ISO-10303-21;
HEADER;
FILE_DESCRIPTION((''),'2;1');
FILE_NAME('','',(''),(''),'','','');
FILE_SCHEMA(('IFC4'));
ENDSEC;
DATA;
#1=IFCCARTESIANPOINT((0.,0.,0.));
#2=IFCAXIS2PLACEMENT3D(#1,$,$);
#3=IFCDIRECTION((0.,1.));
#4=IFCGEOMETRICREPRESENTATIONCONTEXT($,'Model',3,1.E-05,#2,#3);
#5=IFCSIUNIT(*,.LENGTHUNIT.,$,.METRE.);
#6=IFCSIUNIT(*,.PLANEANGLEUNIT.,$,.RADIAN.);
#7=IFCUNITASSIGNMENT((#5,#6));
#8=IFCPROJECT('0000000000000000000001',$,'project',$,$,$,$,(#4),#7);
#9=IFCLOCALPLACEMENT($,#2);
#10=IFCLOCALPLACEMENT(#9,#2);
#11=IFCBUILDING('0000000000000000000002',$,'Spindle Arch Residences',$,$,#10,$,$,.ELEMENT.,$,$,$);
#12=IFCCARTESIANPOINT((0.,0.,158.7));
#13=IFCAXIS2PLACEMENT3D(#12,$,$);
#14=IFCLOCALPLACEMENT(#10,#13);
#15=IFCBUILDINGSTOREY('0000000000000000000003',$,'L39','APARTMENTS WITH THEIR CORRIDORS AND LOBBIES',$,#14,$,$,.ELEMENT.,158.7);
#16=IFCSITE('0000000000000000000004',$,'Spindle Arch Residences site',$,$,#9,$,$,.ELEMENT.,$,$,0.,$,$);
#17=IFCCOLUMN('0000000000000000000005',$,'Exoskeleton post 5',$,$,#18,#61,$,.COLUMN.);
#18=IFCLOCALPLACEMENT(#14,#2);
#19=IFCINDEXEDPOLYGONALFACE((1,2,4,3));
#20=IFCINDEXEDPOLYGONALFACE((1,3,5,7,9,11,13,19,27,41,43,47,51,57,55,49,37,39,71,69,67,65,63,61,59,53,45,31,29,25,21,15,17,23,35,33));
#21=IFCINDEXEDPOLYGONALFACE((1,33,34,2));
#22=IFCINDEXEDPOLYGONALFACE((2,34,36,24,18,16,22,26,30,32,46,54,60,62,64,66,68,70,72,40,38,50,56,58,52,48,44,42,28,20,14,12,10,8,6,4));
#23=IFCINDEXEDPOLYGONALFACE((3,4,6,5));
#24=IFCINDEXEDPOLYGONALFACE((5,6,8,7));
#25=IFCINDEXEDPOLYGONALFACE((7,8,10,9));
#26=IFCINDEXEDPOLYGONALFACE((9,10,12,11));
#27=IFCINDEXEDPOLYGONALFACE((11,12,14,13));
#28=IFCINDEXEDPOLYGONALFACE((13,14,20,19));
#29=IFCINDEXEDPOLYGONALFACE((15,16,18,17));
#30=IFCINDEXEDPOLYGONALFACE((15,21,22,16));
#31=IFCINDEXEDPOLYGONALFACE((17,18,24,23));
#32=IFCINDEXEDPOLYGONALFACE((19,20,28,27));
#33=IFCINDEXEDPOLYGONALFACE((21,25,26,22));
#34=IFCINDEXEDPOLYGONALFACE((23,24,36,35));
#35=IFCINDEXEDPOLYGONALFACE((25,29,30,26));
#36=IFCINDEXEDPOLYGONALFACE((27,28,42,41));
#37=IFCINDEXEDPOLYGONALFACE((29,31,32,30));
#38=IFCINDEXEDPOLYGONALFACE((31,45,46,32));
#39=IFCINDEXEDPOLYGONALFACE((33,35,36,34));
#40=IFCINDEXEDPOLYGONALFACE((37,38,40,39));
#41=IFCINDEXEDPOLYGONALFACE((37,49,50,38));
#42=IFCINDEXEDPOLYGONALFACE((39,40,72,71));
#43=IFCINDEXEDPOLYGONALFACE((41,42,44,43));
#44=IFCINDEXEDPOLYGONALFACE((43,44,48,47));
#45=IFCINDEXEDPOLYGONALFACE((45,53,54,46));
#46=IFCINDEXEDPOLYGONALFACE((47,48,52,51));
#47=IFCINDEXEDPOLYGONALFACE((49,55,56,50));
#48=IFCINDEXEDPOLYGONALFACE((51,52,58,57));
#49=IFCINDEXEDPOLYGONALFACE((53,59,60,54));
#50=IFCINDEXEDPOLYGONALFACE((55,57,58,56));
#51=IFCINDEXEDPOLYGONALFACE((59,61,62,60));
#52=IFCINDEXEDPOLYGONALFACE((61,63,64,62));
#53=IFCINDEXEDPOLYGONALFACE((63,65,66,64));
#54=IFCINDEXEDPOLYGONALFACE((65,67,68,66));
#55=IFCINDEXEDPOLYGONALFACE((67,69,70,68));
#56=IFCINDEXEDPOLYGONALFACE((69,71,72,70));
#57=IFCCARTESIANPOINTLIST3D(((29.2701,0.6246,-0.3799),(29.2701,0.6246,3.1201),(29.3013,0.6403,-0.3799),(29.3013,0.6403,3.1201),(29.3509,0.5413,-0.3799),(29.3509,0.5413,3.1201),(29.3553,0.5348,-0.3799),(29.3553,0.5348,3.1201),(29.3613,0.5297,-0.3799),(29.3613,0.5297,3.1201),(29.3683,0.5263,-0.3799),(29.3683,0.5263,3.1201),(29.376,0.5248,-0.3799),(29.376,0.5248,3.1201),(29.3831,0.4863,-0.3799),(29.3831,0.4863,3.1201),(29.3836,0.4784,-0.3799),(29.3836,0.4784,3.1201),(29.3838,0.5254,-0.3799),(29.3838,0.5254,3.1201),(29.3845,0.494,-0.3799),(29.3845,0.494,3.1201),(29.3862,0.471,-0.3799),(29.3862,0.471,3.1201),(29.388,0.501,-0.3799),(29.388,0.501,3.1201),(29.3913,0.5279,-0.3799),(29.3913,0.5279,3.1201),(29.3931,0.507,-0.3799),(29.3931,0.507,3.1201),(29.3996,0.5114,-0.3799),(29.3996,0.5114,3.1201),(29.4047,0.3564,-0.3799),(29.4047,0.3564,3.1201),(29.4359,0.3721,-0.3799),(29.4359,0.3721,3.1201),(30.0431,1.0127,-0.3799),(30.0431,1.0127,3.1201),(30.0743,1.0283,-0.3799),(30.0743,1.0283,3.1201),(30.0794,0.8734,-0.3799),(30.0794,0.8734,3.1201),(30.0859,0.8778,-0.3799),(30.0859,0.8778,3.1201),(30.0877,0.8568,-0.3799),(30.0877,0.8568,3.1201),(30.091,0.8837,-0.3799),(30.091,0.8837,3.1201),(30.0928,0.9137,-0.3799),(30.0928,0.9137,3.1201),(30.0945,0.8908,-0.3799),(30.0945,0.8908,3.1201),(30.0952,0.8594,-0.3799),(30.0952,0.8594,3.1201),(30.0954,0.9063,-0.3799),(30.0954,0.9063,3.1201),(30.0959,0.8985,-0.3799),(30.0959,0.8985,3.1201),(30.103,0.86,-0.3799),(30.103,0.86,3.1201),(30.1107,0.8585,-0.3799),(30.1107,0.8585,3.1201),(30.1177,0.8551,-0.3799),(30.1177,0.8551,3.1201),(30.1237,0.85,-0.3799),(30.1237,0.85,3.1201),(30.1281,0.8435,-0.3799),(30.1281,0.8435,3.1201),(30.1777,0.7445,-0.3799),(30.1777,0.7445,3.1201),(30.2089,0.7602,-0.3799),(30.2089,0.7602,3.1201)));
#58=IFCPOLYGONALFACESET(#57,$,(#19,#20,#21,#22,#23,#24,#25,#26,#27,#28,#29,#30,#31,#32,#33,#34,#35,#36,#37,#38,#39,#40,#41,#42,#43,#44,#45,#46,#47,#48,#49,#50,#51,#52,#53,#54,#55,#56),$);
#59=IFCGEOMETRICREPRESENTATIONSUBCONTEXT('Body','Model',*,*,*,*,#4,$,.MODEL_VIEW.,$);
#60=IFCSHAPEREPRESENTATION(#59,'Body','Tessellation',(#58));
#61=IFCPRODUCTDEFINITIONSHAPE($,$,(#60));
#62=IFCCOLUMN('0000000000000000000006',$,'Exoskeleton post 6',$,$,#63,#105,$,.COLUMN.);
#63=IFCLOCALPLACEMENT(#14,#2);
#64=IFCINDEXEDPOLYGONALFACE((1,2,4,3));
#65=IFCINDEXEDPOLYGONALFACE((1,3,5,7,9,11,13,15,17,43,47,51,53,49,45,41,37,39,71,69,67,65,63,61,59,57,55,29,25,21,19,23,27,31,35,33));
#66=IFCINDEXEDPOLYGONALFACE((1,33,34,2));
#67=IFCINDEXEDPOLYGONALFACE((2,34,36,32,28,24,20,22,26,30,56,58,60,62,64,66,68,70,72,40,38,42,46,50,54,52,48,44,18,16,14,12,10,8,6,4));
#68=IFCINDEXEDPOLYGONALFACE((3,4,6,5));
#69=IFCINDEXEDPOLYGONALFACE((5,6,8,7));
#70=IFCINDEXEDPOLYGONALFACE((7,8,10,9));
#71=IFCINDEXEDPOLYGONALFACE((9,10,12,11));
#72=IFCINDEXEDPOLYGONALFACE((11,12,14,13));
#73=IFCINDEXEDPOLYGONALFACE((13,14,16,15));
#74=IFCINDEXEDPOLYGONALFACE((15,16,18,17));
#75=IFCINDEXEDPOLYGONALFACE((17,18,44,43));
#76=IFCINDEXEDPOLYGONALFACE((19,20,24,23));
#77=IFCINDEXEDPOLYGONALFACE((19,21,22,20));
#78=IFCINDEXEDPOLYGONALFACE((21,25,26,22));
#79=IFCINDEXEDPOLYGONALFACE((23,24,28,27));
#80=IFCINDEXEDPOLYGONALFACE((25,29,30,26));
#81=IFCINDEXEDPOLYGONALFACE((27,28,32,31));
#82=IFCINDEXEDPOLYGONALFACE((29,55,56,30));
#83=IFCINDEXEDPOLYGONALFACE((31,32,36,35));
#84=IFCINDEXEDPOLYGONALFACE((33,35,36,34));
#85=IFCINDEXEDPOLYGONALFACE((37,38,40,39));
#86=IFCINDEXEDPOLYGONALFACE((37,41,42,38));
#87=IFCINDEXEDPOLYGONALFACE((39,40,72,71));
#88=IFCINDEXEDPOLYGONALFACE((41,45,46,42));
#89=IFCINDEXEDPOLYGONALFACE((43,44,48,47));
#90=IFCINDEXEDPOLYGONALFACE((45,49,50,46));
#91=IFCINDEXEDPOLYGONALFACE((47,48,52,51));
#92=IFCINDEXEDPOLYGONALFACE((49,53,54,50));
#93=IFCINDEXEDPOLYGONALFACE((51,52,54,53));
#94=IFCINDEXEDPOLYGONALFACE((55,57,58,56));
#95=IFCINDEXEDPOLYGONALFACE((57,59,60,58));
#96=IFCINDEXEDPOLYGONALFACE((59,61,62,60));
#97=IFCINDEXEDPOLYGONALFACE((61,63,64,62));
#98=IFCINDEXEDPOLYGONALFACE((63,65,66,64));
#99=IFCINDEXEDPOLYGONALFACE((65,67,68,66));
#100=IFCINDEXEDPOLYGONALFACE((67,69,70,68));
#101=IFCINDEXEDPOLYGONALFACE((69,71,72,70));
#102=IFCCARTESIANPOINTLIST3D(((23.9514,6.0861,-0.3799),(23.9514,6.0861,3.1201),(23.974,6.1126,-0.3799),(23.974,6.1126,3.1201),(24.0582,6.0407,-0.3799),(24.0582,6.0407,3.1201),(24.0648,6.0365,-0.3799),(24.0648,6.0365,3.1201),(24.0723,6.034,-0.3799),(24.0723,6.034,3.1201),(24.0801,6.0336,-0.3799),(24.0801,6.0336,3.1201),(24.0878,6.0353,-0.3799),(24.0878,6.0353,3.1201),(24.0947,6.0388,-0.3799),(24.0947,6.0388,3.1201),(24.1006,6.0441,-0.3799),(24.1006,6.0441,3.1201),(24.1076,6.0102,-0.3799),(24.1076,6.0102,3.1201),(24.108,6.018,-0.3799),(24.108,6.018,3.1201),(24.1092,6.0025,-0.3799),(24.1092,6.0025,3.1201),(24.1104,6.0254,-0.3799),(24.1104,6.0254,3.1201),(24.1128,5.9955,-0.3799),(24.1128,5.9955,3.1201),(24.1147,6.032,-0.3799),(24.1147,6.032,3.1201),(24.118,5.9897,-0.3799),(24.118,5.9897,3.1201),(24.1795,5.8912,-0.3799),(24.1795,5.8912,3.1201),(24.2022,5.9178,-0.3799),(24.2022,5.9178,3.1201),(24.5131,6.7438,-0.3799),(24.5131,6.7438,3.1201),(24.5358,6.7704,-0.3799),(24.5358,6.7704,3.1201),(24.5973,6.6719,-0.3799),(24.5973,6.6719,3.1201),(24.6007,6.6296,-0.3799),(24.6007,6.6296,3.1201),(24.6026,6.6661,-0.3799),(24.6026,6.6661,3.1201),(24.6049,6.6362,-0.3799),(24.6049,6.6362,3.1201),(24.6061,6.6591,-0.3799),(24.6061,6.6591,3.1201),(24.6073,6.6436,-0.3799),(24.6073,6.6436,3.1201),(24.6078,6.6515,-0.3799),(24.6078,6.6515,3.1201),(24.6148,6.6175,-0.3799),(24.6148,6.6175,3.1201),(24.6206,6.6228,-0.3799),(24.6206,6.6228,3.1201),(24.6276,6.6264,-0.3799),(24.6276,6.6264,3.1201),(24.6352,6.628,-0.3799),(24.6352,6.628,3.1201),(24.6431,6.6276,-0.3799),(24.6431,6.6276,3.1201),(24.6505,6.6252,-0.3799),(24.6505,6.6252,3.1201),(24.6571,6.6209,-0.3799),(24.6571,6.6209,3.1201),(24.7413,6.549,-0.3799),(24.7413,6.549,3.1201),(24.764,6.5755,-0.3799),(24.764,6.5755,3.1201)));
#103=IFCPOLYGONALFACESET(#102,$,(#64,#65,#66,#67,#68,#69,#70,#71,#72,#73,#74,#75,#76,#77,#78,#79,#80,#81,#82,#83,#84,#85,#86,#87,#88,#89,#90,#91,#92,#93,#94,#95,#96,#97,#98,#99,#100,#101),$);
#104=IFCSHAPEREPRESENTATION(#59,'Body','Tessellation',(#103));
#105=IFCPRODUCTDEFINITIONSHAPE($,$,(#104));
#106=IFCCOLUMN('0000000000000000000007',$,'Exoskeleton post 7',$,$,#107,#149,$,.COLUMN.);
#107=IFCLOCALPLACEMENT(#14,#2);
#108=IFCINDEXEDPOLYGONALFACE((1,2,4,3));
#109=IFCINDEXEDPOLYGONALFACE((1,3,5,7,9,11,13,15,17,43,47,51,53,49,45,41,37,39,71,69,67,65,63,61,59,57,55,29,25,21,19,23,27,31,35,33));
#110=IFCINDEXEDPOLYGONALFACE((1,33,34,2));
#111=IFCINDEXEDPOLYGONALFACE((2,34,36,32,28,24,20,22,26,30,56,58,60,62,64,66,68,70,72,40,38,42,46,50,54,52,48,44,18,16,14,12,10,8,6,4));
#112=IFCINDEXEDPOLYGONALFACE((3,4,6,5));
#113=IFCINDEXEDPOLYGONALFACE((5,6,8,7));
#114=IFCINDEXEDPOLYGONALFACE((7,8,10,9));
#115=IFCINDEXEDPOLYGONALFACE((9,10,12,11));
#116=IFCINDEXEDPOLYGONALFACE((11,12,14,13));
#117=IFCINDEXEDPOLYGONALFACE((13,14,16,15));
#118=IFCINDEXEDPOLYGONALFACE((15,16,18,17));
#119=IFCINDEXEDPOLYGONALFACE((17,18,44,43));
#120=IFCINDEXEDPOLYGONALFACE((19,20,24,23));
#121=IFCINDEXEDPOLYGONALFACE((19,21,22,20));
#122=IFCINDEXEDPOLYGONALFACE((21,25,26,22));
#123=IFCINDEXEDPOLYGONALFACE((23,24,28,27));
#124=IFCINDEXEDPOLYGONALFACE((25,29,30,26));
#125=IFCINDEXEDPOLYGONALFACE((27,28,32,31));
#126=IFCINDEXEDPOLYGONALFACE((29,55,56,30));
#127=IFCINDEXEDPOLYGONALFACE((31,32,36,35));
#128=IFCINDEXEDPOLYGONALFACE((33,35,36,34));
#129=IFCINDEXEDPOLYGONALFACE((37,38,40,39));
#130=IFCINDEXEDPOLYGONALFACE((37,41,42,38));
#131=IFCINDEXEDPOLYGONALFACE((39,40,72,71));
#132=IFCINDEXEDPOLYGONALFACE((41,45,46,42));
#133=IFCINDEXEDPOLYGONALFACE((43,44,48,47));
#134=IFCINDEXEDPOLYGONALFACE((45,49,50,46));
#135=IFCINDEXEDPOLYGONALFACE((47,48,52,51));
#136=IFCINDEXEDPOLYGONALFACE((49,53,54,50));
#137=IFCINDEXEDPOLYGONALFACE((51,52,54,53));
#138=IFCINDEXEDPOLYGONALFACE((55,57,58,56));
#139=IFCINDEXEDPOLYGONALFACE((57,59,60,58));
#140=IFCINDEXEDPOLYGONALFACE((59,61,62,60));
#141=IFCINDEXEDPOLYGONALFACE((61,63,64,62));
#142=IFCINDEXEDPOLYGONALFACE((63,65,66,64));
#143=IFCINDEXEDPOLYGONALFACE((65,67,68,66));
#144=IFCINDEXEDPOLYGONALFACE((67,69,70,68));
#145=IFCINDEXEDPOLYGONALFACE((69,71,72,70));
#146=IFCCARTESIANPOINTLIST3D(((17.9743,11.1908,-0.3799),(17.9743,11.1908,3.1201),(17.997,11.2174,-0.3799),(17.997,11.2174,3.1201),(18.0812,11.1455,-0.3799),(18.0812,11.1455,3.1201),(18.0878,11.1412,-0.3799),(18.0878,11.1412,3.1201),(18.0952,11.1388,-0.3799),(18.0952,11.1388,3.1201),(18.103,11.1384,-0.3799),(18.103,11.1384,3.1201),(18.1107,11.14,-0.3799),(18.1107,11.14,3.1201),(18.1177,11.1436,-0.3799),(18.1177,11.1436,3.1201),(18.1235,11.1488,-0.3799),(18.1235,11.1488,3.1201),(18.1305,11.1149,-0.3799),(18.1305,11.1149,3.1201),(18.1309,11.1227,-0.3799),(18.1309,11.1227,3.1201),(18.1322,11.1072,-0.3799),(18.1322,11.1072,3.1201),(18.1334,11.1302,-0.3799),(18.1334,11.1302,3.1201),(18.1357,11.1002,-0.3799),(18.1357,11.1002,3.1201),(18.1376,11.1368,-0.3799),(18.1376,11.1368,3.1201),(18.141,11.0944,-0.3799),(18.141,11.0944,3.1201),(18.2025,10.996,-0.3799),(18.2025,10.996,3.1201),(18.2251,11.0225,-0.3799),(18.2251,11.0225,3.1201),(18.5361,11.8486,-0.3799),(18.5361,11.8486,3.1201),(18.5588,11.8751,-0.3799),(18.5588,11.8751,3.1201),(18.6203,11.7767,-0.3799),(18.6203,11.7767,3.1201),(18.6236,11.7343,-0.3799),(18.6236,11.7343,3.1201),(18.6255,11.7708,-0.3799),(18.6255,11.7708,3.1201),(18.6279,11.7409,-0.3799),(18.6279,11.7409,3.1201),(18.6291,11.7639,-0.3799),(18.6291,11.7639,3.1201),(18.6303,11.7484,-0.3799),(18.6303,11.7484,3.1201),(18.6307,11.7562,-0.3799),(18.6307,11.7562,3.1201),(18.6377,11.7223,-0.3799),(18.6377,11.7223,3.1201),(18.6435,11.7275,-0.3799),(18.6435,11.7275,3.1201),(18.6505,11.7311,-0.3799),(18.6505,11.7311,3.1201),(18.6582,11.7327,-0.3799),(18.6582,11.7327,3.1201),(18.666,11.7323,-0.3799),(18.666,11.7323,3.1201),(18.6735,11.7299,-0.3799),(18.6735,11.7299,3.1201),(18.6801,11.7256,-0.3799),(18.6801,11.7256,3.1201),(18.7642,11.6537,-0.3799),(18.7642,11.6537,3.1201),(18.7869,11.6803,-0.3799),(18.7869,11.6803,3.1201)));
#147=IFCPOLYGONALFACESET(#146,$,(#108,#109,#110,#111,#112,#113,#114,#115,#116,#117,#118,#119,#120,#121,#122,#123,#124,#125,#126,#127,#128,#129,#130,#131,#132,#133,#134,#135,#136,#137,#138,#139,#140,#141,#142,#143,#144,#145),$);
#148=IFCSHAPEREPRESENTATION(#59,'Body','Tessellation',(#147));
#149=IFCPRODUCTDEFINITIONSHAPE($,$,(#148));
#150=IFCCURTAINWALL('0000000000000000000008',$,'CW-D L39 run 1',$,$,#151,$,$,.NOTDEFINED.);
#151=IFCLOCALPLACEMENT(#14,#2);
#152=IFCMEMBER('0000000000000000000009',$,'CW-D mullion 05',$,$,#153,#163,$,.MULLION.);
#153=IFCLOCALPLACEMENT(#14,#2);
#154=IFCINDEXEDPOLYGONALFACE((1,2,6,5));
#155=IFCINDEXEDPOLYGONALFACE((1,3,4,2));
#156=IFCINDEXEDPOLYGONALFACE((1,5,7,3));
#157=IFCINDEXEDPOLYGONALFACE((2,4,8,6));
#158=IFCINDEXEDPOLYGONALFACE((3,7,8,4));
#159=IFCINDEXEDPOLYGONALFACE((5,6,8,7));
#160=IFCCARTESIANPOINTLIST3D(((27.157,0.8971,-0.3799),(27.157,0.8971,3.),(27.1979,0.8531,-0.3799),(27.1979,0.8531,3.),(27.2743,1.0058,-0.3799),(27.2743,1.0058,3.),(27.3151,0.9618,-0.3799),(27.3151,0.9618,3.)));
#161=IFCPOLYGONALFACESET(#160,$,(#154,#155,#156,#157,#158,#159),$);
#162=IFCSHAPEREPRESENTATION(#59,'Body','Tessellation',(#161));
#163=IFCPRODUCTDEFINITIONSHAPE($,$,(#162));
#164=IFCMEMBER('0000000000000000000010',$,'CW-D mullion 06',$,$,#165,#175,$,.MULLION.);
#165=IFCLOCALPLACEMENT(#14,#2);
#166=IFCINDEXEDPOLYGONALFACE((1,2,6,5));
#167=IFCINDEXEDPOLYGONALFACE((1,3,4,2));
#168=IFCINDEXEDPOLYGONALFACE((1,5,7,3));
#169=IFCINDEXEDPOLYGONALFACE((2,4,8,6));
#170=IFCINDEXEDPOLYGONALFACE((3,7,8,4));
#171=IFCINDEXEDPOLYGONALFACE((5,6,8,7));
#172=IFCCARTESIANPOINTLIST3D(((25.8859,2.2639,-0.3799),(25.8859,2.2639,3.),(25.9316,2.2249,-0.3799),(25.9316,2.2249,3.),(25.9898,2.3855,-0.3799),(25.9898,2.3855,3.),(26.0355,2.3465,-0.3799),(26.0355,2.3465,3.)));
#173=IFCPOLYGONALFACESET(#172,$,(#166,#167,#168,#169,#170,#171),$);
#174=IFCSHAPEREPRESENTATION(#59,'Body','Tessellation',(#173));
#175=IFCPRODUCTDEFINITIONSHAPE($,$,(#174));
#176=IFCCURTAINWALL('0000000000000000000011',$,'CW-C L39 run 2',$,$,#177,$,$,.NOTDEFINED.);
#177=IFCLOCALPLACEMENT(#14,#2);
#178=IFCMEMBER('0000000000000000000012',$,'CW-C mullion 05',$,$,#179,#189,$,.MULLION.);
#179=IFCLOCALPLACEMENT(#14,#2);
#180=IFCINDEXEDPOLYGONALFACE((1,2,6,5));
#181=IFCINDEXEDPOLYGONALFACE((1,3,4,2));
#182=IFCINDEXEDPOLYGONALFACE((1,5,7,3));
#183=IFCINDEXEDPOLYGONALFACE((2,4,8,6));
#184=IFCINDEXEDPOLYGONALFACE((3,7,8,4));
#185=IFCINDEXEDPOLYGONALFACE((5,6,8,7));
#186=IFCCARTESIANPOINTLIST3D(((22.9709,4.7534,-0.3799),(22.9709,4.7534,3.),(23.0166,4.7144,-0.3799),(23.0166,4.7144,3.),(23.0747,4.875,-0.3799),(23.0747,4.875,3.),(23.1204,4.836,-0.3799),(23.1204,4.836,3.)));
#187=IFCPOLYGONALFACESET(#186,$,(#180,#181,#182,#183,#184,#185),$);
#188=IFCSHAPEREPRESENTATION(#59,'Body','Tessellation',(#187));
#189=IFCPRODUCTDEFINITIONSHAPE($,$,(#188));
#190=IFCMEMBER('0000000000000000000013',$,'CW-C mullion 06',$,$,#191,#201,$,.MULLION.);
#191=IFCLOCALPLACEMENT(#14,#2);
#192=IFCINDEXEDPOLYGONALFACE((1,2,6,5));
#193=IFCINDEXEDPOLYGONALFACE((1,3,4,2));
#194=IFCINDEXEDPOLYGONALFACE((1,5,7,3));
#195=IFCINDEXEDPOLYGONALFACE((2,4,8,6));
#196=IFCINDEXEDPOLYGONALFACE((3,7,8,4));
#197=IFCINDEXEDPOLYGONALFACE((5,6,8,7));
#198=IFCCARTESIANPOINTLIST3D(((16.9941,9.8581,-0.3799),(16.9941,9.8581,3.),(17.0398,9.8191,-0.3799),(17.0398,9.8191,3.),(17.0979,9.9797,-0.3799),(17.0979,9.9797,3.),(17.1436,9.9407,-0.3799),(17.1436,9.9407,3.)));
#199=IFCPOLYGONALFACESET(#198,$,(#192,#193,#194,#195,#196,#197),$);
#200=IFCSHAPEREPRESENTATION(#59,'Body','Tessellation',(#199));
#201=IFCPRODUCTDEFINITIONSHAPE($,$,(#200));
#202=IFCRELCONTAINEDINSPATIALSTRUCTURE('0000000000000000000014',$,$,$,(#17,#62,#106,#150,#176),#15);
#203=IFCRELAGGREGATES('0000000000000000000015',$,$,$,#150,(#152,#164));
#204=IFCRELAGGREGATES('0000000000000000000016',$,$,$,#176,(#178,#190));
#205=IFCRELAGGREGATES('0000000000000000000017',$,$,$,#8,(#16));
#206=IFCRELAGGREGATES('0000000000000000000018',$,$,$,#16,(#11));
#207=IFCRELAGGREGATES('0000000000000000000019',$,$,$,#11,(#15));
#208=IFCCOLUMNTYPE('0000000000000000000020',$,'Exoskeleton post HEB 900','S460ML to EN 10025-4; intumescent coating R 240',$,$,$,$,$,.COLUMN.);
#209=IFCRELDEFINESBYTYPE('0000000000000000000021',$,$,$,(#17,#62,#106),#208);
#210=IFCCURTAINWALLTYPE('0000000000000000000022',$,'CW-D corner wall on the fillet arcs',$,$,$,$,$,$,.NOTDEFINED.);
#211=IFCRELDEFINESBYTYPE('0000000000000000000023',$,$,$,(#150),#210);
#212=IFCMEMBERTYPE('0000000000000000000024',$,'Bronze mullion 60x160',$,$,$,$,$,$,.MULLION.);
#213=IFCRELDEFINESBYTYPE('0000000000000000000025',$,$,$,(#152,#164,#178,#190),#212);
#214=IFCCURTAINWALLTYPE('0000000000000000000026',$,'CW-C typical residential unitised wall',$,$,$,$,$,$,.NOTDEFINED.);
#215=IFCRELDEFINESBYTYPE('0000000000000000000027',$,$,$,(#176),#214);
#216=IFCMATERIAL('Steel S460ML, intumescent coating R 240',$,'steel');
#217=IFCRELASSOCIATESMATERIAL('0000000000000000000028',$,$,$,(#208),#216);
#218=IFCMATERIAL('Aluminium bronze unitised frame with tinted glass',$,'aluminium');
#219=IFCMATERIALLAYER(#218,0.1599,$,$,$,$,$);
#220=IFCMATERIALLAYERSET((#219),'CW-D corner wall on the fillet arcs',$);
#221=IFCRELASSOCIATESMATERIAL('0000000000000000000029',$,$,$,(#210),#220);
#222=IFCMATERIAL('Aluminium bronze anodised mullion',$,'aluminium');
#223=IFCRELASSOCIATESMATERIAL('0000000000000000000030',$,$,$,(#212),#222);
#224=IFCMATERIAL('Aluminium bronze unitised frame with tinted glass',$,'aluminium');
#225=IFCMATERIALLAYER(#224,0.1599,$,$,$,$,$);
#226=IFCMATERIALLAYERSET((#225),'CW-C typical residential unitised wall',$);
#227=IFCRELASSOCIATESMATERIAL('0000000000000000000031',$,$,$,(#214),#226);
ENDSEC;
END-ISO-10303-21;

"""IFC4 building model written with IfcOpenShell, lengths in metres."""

from ifc_helpers import new_model, si_unit, direction, frame, origin, origin_2d, place, context, subcontext, project, spatial, rectangle, i_section, extrude, material, layer, layer_set, material_profile, profile_set, type_object, element, aggregate, save


model = new_model("IFC4")

# Units and contexts
model_context = context("Model", 3, precision=1e-05, world=origin(), true_north=direction((0.0, 1.0)))
body_context = subcontext(model_context, "Body", "Model", "MODEL_VIEW")
ifc_project = project(units=[si_unit("LENGTHUNIT", "METRE"), si_unit("PLANEANGLEUNIT", "RADIAN")], contexts=[model_context])

# Site, building, storey
site_placement = place(None, origin())
site = spatial("IfcSite", under=ifc_project, at=site_placement, Name="Spindle Arch Residences site", CompositionType="ELEMENT", RefElevation=0.0)
building_placement = place(site_placement, origin())
building = spatial("IfcBuilding", under=site, at=building_placement, Name="Spindle Arch Residences", CompositionType="ELEMENT")
storey_placement = place(building_placement, frame((0.0, 0.0, 158.7)))
storey = spatial("IfcBuildingStorey", under=building, at=storey_placement, Name="L39", Description="APARTMENTS WITH THEIR CORRIDORS AND LOBBIES", CompositionType="ELEMENT", Elevation=158.7)

# Columns
ifc_material_1 = material(Name="Steel S460ML, intumescent coating R 240", Category="steel")
ifc_material_profile_1 = material_profile(ifc_material_1, i_section(OverallWidth=0.3, OverallDepth=0.8999, WebThickness=0.0186, FlangeThickness=0.0349, FilletRadius=0.03, at=origin_2d()), Name="HEB 900")
ifc_profile_set_1 = profile_set([ifc_material_profile_1], Name="Steel S460ML, intumescent coating R 240")
column_type = type_object("IfcColumnType", Name="Exoskeleton post HEB 900", Description="S460ML to EN 10025-4; intumescent coating R 240", PredefinedType="COLUMN", material=ifc_profile_set_1)
for number, where, z_axis, x_axis, name in (
    (1, (29.7395, 0.6924, -0.3799), (0.0, 0.0, 1.0), (0.448657, -0.893704, 0.0), "Exoskeleton post 5"),
    (2, (24.3577, 6.3308, -0.3799), (0.0, 0.0, 1.0), (0.760406, -0.649448, 0.0), "Exoskeleton post 6"),
    (3, (18.3806, 11.4355, -0.3799), (0.0, 0.0, 1.0), (0.760406, -0.649448, 0.0), "Exoskeleton post 7"),
):
    element("IfcColumn", number, at=place(storey_placement, frame(where, z_axis=z_axis, x_axis=x_axis)), inside=storey, type_object=column_type, Name=name, PredefinedType="COLUMN", context=body_context, shape_type="SweptSolid", body=[
        extrude(i_section(OverallWidth=0.3, OverallDepth=0.8999, WebThickness=0.0186, FlangeThickness=0.0349, FilletRadius=0.03, at=origin_2d()), origin(), (0.0, 0.0, 1.0), 3.5),
    ])

# Curtain walls, members
ifc_material_2 = material(Name="Aluminium bronze unitised frame with tinted glass", Category="aluminium")
ifc_layer_1 = layer(ifc_material_2, 0.1599)
ifc_layer_set_1 = layer_set([ifc_layer_1], Name="CW-D corner wall on the fillet arcs")
curtain_wall_type_1 = type_object("IfcCurtainWallType", Name="CW-D corner wall on the fillet arcs", PredefinedType="NOTDEFINED", material=ifc_layer_set_1)
curtain_wall_1_placement = place(storey_placement, origin())
curtain_wall_1 = element("IfcCurtainWall", 4, at=curtain_wall_1_placement, inside=storey, type_object=curtain_wall_type_1, Name="CW-D L39 run 1", PredefinedType="NOTDEFINED")
ifc_material_3 = material(Name="Aluminium bronze anodised mullion", Category="aluminium")
ifc_material_profile_2 = material_profile(ifc_material_3, rectangle(XDim=0.1599, YDim=0.0601, at=origin_2d()), Name="MU 60x160")
ifc_profile_set_2 = profile_set([ifc_material_profile_2], Name="Aluminium bronze anodised mullion")
member_type_1 = type_object("IfcMemberType", Name="Bronze mullion 60x160", PredefinedType="MULLION", material=ifc_profile_set_2)
member_1_placement = place(storey_placement, frame((27.2361, 0.9294, -0.3799), z_axis=(0.0, 0.0, 1.0), x_axis=(-0.733334, -0.679868, 0.0)))
member_1 = element("IfcMember", 5, at=member_1_placement, type_object=member_type_1, Name="CW-D mullion 05", PredefinedType="MULLION", context=body_context, shape_type="SweptSolid", body=[
    extrude(rectangle(XDim=0.1599, YDim=0.0601, at=origin_2d()), origin(), (0.0, 0.0, 1.0), 3.3799),
])
member_2_placement = place(storey_placement, frame((25.9607, 2.3052, -0.3799), z_axis=(0.0, 0.0, 1.0), x_axis=(-0.649448, -0.760406, 0.0)))
member_2 = element("IfcMember", 6, at=member_2_placement, type_object=member_type_1, Name="CW-D mullion 06", PredefinedType="MULLION", context=body_context, shape_type="SweptSolid", body=[
    extrude(rectangle(XDim=0.1599, YDim=0.0601, at=origin_2d()), origin(), (0.0, 0.0, 1.0), 3.3799),
])
ifc_material_4 = material(Name="Aluminium bronze unitised frame with tinted glass", Category="aluminium")
ifc_layer_2 = layer(ifc_material_4, 0.1599)
ifc_layer_set_2 = layer_set([ifc_layer_2], Name="CW-C typical residential unitised wall")
curtain_wall_type_2 = type_object("IfcCurtainWallType", Name="CW-C typical residential unitised wall", PredefinedType="NOTDEFINED", material=ifc_layer_set_2)
curtain_wall_2_placement = place(storey_placement, origin())
curtain_wall_2 = element("IfcCurtainWall", 7, at=curtain_wall_2_placement, inside=storey, type_object=curtain_wall_type_2, Name="CW-C L39 run 2", PredefinedType="NOTDEFINED")
member_3_placement = place(storey_placement, frame((23.0457, 4.7947, -0.3799), z_axis=(0.0, 0.0, 1.0), x_axis=(-0.649448, -0.760406, 0.0)))
member_3 = element("IfcMember", 8, at=member_3_placement, type_object=member_type_1, Name="CW-C mullion 05", PredefinedType="MULLION", context=body_context, shape_type="SweptSolid", body=[
    extrude(rectangle(XDim=0.1599, YDim=0.0601, at=origin_2d()), origin(), (0.0, 0.0, 1.0), 3.3799),
])
member_4_placement = place(storey_placement, frame((17.0688, 9.8994, -0.3799), z_axis=(0.0, 0.0, 1.0), x_axis=(-0.649448, -0.760406, 0.0)))
member_4 = element("IfcMember", 9, at=member_4_placement, type_object=member_type_1, Name="CW-C mullion 06", PredefinedType="MULLION", context=body_context, shape_type="SweptSolid", body=[
    extrude(rectangle(XDim=0.1599, YDim=0.0601, at=origin_2d()), origin(), (0.0, 0.0, 1.0), 3.3799),
])

aggregate(curtain_wall_1, [member_1, member_2])
aggregate(curtain_wall_2, [member_3, member_4])

save(model, "model.ifc")
